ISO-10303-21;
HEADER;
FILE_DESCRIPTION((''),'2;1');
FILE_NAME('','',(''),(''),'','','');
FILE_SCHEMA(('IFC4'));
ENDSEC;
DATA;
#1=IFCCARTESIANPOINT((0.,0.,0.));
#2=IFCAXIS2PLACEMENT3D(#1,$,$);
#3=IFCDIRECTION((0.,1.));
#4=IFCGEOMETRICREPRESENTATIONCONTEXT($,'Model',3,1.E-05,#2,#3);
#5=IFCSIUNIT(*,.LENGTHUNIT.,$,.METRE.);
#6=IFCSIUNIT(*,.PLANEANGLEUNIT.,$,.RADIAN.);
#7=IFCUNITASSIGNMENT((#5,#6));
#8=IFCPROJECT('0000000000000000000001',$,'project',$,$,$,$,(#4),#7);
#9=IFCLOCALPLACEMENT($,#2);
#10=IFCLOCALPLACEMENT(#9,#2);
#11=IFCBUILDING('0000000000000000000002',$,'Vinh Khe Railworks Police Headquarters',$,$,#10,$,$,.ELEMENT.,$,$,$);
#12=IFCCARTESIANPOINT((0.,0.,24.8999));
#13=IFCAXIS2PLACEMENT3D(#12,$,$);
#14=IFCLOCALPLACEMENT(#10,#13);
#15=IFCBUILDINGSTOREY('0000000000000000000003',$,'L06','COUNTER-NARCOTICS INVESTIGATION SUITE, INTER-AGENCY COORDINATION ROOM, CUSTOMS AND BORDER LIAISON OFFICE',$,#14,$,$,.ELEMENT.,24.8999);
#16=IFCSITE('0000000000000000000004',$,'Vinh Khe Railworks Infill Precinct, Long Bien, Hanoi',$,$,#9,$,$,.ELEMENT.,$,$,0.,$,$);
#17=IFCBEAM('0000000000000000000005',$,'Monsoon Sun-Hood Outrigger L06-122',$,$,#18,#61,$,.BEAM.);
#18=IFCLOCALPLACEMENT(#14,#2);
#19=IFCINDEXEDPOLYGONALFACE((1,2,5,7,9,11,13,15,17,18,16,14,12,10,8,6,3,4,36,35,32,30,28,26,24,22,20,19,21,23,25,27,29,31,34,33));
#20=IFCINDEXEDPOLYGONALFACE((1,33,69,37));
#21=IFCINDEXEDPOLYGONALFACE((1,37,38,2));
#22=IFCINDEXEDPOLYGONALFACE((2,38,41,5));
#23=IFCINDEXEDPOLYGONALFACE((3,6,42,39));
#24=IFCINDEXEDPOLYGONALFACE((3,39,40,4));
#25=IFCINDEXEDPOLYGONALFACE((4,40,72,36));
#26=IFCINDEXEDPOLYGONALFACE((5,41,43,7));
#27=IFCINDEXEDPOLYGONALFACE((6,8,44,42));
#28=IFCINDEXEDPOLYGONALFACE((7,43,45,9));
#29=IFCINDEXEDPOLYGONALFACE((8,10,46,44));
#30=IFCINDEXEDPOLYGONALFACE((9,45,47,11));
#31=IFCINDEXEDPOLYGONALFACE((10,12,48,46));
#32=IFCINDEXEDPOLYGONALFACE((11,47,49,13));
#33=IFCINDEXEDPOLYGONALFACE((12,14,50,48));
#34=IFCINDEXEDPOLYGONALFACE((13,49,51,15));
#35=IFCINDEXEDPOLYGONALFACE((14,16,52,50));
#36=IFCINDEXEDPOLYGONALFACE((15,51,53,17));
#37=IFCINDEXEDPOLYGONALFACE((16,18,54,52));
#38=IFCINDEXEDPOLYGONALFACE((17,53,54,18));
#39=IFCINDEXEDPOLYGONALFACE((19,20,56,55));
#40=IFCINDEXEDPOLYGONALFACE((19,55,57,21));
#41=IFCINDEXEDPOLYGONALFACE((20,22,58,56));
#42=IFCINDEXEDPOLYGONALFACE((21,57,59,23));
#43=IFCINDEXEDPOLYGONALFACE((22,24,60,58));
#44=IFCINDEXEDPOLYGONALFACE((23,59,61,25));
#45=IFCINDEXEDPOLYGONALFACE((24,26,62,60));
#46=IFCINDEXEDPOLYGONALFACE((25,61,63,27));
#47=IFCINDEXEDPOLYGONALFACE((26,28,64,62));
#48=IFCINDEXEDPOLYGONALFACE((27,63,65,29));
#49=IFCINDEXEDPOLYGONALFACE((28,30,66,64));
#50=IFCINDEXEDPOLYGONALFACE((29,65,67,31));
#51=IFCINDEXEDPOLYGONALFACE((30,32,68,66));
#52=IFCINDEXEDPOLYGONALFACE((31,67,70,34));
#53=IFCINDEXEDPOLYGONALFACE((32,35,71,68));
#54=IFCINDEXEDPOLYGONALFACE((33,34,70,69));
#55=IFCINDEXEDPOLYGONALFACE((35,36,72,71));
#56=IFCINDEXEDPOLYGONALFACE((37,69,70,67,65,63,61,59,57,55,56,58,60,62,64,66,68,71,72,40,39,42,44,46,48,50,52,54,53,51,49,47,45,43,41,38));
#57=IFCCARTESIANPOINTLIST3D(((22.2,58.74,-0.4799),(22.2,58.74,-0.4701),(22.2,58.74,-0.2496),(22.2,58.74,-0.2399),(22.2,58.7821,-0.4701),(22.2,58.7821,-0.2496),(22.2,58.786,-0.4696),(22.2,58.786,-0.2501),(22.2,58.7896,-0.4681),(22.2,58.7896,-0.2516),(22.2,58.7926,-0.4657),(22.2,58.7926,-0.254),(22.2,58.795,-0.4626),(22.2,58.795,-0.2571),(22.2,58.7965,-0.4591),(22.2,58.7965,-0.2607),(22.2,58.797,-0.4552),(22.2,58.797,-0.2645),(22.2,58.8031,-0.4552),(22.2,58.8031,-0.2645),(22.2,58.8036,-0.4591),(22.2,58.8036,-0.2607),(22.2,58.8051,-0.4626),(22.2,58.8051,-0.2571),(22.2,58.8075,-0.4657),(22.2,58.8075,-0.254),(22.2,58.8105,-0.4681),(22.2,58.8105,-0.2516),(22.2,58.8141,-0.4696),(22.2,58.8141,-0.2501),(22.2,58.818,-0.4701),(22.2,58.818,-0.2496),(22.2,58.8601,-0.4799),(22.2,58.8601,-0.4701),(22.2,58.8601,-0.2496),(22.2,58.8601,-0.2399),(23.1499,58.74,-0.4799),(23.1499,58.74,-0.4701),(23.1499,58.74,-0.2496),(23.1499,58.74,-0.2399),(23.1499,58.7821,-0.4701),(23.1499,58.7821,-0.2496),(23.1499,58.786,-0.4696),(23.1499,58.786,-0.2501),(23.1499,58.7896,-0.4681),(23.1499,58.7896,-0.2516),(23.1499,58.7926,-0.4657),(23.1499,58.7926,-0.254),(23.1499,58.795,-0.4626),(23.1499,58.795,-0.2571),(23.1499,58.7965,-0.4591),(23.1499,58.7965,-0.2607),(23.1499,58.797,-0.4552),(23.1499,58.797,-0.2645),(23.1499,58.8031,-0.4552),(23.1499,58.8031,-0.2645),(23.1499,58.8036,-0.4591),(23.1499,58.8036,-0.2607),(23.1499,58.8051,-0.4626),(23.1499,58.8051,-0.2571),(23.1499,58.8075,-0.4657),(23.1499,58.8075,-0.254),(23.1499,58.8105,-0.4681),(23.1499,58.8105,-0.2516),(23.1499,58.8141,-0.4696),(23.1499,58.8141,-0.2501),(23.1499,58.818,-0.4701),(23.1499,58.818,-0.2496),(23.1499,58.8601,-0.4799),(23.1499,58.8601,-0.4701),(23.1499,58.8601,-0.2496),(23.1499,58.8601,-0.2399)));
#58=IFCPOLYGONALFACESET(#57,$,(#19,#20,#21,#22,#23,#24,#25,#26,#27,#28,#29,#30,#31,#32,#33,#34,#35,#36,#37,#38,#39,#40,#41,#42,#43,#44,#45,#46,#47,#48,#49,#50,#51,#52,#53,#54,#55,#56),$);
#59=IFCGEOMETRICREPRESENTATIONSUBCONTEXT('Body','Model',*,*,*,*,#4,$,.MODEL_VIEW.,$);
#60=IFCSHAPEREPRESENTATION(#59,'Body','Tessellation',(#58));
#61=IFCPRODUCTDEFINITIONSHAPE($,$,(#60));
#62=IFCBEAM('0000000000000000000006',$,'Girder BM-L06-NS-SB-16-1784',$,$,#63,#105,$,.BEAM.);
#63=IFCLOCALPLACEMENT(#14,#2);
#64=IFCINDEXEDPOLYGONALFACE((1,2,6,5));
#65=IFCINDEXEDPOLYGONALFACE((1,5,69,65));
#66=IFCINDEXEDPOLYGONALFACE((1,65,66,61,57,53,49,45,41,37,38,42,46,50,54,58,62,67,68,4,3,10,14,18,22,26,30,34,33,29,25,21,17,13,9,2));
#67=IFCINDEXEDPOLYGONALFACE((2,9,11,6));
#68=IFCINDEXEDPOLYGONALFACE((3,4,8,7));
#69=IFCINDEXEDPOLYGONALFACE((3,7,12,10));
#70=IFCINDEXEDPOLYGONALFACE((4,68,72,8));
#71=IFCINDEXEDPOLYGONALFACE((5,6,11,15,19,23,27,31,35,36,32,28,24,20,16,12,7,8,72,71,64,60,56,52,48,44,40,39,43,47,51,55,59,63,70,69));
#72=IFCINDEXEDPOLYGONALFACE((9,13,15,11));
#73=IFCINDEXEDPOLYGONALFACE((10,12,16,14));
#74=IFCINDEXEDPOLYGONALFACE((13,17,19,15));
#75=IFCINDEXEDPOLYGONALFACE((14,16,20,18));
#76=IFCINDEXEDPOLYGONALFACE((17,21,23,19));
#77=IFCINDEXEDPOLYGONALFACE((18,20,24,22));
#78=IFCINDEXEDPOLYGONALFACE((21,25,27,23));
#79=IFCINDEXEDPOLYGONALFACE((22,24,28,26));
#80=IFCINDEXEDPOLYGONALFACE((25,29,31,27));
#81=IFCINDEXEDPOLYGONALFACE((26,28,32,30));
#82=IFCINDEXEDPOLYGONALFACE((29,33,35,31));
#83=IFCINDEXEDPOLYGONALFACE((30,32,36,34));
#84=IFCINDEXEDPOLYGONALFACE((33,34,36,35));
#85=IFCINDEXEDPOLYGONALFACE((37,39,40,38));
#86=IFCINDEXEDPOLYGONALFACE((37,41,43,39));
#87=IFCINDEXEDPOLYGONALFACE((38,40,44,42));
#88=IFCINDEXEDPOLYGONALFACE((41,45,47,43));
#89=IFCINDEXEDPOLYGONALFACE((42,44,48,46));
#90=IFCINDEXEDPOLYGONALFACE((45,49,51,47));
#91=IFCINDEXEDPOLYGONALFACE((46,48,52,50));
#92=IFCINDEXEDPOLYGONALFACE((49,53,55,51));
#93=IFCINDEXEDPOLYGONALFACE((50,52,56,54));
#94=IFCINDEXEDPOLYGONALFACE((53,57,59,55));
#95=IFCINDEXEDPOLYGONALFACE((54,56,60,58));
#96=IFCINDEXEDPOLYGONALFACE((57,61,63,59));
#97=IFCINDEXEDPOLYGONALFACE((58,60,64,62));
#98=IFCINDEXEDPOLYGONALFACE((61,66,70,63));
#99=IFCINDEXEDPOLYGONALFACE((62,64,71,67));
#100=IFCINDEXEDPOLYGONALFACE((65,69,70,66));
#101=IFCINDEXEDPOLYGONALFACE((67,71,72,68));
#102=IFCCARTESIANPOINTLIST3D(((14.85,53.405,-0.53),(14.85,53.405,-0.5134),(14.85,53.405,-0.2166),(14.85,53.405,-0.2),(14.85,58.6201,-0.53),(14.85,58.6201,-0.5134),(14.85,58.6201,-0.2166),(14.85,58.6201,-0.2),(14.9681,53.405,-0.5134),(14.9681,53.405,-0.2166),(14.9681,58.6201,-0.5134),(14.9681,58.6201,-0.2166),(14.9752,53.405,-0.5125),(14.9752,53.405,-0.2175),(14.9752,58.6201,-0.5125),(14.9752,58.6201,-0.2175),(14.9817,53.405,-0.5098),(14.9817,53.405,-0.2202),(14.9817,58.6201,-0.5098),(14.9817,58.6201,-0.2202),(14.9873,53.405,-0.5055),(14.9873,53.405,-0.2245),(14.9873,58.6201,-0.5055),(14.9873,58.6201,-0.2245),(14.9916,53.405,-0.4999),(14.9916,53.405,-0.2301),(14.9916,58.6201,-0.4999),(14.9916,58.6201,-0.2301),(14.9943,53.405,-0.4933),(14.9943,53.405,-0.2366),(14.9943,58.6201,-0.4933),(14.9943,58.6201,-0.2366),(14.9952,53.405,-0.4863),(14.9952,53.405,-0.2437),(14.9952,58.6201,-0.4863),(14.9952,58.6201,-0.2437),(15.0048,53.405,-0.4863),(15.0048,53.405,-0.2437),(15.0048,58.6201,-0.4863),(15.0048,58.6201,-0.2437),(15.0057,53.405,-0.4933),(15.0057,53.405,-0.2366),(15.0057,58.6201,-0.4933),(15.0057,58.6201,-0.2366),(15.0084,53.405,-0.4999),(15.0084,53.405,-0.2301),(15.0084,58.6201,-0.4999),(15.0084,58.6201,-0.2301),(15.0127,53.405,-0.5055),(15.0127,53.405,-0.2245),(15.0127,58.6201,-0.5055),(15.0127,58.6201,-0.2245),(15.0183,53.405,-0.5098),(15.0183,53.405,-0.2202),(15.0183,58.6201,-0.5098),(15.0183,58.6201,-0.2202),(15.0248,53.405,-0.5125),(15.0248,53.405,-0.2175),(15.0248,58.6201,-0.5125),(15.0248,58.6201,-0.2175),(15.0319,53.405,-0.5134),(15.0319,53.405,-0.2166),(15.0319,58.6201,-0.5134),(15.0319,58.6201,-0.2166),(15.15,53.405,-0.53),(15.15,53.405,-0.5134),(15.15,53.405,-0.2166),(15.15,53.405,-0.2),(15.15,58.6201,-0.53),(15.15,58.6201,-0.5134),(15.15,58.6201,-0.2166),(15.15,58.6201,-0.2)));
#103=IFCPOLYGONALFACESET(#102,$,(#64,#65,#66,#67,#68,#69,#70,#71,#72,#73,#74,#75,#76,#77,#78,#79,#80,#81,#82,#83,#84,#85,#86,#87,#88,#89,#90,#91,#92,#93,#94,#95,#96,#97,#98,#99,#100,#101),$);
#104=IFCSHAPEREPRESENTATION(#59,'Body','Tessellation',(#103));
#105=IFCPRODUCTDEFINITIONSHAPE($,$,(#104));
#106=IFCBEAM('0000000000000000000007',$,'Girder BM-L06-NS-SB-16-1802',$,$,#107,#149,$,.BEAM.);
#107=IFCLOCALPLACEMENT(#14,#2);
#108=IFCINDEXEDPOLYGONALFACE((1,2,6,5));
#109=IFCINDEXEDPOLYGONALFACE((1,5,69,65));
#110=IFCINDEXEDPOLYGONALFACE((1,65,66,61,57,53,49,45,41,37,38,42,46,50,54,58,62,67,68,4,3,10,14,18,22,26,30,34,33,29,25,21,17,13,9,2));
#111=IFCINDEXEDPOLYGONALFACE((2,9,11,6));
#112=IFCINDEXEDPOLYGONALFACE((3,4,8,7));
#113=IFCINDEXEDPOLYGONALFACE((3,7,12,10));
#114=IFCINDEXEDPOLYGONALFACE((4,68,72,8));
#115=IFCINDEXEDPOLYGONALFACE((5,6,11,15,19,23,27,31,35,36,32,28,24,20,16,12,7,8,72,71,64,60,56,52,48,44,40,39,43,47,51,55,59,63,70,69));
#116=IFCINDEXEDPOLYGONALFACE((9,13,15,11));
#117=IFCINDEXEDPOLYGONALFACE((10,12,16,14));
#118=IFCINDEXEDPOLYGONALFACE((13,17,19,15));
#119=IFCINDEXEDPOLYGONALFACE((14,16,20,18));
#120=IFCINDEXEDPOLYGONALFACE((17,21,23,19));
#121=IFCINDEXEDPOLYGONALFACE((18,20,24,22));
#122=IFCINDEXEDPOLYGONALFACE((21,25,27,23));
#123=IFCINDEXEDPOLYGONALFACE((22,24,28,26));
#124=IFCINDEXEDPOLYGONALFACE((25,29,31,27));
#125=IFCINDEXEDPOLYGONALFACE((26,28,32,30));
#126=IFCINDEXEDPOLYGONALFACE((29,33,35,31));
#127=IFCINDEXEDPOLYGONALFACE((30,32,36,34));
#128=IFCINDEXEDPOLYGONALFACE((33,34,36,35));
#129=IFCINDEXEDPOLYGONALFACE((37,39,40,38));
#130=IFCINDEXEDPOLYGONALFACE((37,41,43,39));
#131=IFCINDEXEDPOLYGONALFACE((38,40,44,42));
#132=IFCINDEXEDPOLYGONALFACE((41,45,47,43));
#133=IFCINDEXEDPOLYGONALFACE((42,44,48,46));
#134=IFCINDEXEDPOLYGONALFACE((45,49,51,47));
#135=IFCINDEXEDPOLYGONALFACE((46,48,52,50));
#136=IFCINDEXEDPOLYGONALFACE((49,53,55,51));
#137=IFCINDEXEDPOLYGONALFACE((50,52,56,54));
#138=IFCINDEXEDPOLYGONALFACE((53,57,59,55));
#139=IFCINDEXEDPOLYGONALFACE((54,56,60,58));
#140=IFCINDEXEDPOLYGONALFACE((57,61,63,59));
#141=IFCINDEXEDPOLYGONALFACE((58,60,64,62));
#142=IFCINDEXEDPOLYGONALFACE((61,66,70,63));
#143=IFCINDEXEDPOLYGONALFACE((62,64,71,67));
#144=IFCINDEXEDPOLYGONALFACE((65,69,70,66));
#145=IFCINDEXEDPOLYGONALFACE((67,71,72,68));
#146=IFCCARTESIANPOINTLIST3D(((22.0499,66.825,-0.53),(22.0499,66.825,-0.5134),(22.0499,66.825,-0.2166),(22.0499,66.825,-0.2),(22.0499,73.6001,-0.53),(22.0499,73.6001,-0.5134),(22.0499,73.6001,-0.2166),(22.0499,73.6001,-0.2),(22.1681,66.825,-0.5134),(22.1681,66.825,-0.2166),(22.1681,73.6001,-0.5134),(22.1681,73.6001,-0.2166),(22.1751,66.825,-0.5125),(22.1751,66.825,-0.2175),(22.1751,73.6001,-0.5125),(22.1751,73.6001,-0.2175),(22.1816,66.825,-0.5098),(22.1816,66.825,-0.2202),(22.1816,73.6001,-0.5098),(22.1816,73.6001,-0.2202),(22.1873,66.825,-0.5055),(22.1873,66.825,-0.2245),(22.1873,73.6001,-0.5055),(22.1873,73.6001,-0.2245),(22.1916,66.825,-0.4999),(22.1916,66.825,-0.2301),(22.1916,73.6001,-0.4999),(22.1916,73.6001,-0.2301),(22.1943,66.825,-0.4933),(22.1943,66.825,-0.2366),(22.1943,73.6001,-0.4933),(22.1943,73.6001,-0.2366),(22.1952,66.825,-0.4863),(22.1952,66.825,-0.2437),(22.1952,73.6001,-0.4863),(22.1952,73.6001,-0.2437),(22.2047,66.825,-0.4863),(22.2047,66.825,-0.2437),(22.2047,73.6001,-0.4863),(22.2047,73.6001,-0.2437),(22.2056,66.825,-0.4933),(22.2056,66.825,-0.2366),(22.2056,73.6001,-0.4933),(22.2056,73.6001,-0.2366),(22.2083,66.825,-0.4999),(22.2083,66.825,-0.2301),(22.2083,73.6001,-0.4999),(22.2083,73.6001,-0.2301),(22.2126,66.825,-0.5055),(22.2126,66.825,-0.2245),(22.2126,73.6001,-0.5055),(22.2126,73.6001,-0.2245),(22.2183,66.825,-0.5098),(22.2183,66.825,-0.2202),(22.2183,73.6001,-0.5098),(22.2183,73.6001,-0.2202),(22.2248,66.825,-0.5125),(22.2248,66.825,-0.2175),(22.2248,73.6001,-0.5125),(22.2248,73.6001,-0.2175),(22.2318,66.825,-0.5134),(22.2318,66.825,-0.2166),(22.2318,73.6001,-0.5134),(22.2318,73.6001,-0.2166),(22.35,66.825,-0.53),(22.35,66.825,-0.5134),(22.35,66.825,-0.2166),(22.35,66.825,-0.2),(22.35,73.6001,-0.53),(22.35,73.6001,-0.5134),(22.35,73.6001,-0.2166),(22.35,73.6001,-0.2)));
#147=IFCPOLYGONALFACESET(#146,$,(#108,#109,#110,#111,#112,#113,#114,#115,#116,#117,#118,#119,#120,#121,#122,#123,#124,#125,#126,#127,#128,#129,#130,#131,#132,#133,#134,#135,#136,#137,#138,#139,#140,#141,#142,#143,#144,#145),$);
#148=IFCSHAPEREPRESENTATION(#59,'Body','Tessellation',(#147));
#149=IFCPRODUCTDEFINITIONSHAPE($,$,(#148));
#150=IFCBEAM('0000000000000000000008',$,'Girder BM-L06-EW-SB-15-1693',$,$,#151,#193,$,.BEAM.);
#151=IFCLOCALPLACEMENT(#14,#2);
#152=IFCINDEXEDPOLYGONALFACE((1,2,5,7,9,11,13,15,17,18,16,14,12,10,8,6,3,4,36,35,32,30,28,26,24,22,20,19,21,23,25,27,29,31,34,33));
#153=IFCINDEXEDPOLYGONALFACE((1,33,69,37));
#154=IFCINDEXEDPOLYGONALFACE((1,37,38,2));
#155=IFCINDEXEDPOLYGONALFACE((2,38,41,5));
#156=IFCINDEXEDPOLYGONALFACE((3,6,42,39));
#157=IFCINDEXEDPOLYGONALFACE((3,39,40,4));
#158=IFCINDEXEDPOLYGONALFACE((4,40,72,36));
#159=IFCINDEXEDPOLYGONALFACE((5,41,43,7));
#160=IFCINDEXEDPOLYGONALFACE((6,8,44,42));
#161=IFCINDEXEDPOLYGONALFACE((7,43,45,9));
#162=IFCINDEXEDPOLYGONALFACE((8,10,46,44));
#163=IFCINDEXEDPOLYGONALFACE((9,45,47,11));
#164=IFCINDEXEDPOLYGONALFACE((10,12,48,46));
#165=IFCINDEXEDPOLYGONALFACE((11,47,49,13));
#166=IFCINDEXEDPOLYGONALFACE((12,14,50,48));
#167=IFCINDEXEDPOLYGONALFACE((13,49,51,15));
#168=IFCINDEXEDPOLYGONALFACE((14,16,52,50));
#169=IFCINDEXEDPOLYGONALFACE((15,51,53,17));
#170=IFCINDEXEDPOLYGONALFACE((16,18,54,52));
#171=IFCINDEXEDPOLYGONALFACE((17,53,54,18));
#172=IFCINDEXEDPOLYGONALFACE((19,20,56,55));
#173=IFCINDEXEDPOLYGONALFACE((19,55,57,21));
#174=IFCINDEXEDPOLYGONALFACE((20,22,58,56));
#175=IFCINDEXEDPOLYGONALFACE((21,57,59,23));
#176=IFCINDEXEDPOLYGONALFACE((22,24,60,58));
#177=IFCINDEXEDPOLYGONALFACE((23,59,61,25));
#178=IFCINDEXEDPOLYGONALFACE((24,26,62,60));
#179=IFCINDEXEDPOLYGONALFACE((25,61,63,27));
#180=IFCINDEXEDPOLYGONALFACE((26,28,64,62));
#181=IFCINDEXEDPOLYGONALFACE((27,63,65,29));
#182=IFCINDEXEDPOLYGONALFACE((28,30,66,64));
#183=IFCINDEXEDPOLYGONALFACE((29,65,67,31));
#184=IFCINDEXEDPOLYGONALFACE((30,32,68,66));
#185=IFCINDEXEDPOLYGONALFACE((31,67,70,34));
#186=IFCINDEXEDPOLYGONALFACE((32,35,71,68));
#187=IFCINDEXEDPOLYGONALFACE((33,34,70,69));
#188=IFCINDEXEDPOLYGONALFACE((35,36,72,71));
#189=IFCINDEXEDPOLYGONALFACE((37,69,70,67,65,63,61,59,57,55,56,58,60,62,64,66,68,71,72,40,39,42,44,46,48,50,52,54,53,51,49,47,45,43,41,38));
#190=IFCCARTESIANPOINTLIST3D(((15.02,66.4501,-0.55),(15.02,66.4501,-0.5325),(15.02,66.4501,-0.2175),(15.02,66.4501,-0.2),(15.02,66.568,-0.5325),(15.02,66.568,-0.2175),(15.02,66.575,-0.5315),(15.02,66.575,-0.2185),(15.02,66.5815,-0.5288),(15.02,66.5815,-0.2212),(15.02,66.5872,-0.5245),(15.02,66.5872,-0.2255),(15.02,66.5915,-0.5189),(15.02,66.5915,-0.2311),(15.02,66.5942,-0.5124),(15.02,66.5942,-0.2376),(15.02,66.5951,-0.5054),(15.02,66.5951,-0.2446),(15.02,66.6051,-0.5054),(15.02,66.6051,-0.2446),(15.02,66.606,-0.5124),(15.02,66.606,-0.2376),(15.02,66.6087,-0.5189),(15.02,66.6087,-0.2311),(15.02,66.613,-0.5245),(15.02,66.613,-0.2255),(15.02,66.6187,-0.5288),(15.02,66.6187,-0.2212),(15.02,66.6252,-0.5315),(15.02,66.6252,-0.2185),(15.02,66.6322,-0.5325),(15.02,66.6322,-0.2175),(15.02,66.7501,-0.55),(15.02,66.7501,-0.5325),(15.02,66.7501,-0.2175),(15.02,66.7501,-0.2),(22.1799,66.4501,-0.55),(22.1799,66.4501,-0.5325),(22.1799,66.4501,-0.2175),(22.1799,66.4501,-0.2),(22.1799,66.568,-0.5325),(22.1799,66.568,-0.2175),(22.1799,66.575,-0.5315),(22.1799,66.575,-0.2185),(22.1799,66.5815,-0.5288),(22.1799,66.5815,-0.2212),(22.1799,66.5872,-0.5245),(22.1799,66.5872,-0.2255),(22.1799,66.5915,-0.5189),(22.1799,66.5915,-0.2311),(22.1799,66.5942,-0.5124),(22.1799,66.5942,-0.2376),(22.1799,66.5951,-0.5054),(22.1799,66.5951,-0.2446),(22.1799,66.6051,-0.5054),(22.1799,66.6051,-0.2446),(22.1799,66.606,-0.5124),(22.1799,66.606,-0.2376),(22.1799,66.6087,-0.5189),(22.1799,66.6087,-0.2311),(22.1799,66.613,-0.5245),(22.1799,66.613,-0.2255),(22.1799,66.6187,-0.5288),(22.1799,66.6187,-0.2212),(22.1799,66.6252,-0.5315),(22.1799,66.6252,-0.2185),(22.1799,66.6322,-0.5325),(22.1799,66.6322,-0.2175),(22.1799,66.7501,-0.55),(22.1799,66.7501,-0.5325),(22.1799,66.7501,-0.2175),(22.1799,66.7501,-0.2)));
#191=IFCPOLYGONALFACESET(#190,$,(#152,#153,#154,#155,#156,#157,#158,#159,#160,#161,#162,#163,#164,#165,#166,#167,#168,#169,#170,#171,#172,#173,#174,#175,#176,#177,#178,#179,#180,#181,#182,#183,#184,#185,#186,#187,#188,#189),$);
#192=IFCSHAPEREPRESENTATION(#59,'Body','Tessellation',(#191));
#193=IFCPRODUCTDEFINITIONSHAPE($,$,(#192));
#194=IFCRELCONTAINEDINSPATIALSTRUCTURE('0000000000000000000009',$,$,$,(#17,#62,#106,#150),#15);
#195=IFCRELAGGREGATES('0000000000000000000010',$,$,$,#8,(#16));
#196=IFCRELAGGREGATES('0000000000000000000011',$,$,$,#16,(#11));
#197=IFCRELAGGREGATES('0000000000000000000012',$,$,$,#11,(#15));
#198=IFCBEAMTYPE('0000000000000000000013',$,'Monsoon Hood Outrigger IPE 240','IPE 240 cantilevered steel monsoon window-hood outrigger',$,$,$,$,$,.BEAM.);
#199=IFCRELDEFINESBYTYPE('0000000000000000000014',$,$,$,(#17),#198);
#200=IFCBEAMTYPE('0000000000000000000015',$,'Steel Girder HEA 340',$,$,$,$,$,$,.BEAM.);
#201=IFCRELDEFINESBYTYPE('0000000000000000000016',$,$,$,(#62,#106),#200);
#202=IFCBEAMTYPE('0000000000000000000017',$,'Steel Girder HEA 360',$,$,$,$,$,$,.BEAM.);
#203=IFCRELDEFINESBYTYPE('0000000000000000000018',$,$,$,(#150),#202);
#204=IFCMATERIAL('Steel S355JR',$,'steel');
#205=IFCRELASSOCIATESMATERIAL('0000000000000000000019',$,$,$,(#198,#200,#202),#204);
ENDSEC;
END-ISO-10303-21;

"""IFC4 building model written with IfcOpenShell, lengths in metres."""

from ifc_helpers import new_model, si_unit, direction, frame, origin, origin_2d, place, context, subcontext, project, spatial, i_section, extrude, material, material_profile, profile_set, type_object, element, save


model = new_model("IFC4")

# Units and contexts
model_context = context("Model", 3, precision=1e-05, world=origin(), true_north=direction((0.0, 1.0)))
body_context = subcontext(model_context, "Body", "Model", "MODEL_VIEW")
ifc_project = project(units=[si_unit("LENGTHUNIT", "METRE"), si_unit("PLANEANGLEUNIT", "RADIAN")], contexts=[model_context])

# Site, building, storey
site_placement = place(None, origin())
site = spatial("IfcSite", under=ifc_project, at=site_placement, Name="Vinh Khe Railworks Infill Precinct, Long Bien, Hanoi", CompositionType="ELEMENT", RefElevation=0.0)
building_placement = place(site_placement, origin())
building = spatial("IfcBuilding", under=site, at=building_placement, Name="Vinh Khe Railworks Police Headquarters", CompositionType="ELEMENT")
storey_placement = place(building_placement, frame((0.0, 0.0, 24.8999)))
storey = spatial("IfcBuildingStorey", under=building, at=storey_placement, Name="L06", Description="COUNTER-NARCOTICS INVESTIGATION SUITE, INTER-AGENCY COORDINATION ROOM, CUSTOMS AND BORDER LIAISON OFFICE", CompositionType="ELEMENT", Elevation=24.8999)

# Shared definitions
ifc_material_1 = material(Name="Steel S355JR", Category="steel")

# Beams
ifc_material_profile_1 = material_profile(ifc_material_1, i_section(OverallWidth=0.1201, OverallDepth=0.24, WebThickness=0.0061, FlangeThickness=0.0098, FilletRadius=0.0149, at=origin_2d()), Name="IPE 240")
ifc_profile_set_1 = profile_set([ifc_material_profile_1], Name="Steel S355JR")
beam_type_1 = type_object("IfcBeamType", Name="Monsoon Hood Outrigger IPE 240", Description="IPE 240 cantilevered steel monsoon window-hood outrigger", PredefinedType="BEAM", material=ifc_profile_set_1)
beam_1_placement = place(storey_placement, frame((22.2, 58.8, -0.3599), z_axis=(1.0, 0.0, 0.0), x_axis=(0.0, 1.0, 0.0)))
element("IfcBeam", 1, at=beam_1_placement, inside=storey, type_object=beam_type_1, Name="Monsoon Sun-Hood Outrigger L06-122", PredefinedType="BEAM", context=body_context, shape_type="SweptSolid", body=[
    extrude(i_section(OverallWidth=0.1201, OverallDepth=0.24, WebThickness=0.0061, FlangeThickness=0.0098, FilletRadius=0.0149, at=origin_2d()), origin(), (0.0, 0.0, 1.0), 0.95),
])
ifc_material_profile_2 = material_profile(ifc_material_1, i_section(OverallWidth=0.3, OverallDepth=0.3301, WebThickness=0.0095, FlangeThickness=0.0166, FilletRadius=0.0271, at=origin_2d()), Name="HEA 340")
ifc_profile_set_2 = profile_set([ifc_material_profile_2], Name="Steel S355JR")
beam_type_2 = type_object("IfcBeamType", Name="Steel Girder HEA 340", PredefinedType="BEAM", material=ifc_profile_set_2)
beam_2_placement = place(storey_placement, frame((15.0, 53.405, -0.365), z_axis=(0.0, 1.0, 0.0), x_axis=(-1.0, 0.0, 0.0)))
element("IfcBeam", 2, at=beam_2_placement, inside=storey, type_object=beam_type_2, Name="Girder BM-L06-NS-SB-16-1784", PredefinedType="BEAM", context=body_context, shape_type="SweptSolid", body=[
    extrude(i_section(OverallWidth=0.3, OverallDepth=0.3301, WebThickness=0.0095, FlangeThickness=0.0166, FilletRadius=0.0271, at=origin_2d()), origin(), (0.0, 0.0, 1.0), 5.2151),
])
beam_3_placement = place(storey_placement, frame((22.2, 66.825, -0.365), z_axis=(0.0, 1.0, 0.0), x_axis=(-1.0, 0.0, 0.0)))
element("IfcBeam", 3, at=beam_3_placement, inside=storey, type_object=beam_type_2, Name="Girder BM-L06-NS-SB-16-1802", PredefinedType="BEAM", context=body_context, shape_type="SweptSolid", body=[
    extrude(i_section(OverallWidth=0.3, OverallDepth=0.3301, WebThickness=0.0095, FlangeThickness=0.0166, FilletRadius=0.0271, at=origin_2d()), origin(), (0.0, 0.0, 1.0), 6.7751),
])
ifc_material_profile_3 = material_profile(ifc_material_1, i_section(OverallWidth=0.3, OverallDepth=0.3501, WebThickness=0.01, FlangeThickness=0.0176, FilletRadius=0.0271, at=origin_2d()), Name="HEA 360")
ifc_profile_set_3 = profile_set([ifc_material_profile_3], Name="Steel S355JR")
beam_type_3 = type_object("IfcBeamType", Name="Steel Girder HEA 360", PredefinedType="BEAM", material=ifc_profile_set_3)
beam_4_placement = place(storey_placement, frame((15.02, 66.6001, -0.375), z_axis=(1.0, 0.0, 0.0), x_axis=(0.0, 1.0, 0.0)))
element("IfcBeam", 4, at=beam_4_placement, inside=storey, type_object=beam_type_3, Name="Girder BM-L06-EW-SB-15-1693", PredefinedType="BEAM", context=body_context, shape_type="SweptSolid", body=[
    extrude(i_section(OverallWidth=0.3, OverallDepth=0.3501, WebThickness=0.01, FlangeThickness=0.0176, FilletRadius=0.0271, at=origin_2d()), origin(), (0.0, 0.0, 1.0), 7.1599),
])

save(model, "model.ifc")
